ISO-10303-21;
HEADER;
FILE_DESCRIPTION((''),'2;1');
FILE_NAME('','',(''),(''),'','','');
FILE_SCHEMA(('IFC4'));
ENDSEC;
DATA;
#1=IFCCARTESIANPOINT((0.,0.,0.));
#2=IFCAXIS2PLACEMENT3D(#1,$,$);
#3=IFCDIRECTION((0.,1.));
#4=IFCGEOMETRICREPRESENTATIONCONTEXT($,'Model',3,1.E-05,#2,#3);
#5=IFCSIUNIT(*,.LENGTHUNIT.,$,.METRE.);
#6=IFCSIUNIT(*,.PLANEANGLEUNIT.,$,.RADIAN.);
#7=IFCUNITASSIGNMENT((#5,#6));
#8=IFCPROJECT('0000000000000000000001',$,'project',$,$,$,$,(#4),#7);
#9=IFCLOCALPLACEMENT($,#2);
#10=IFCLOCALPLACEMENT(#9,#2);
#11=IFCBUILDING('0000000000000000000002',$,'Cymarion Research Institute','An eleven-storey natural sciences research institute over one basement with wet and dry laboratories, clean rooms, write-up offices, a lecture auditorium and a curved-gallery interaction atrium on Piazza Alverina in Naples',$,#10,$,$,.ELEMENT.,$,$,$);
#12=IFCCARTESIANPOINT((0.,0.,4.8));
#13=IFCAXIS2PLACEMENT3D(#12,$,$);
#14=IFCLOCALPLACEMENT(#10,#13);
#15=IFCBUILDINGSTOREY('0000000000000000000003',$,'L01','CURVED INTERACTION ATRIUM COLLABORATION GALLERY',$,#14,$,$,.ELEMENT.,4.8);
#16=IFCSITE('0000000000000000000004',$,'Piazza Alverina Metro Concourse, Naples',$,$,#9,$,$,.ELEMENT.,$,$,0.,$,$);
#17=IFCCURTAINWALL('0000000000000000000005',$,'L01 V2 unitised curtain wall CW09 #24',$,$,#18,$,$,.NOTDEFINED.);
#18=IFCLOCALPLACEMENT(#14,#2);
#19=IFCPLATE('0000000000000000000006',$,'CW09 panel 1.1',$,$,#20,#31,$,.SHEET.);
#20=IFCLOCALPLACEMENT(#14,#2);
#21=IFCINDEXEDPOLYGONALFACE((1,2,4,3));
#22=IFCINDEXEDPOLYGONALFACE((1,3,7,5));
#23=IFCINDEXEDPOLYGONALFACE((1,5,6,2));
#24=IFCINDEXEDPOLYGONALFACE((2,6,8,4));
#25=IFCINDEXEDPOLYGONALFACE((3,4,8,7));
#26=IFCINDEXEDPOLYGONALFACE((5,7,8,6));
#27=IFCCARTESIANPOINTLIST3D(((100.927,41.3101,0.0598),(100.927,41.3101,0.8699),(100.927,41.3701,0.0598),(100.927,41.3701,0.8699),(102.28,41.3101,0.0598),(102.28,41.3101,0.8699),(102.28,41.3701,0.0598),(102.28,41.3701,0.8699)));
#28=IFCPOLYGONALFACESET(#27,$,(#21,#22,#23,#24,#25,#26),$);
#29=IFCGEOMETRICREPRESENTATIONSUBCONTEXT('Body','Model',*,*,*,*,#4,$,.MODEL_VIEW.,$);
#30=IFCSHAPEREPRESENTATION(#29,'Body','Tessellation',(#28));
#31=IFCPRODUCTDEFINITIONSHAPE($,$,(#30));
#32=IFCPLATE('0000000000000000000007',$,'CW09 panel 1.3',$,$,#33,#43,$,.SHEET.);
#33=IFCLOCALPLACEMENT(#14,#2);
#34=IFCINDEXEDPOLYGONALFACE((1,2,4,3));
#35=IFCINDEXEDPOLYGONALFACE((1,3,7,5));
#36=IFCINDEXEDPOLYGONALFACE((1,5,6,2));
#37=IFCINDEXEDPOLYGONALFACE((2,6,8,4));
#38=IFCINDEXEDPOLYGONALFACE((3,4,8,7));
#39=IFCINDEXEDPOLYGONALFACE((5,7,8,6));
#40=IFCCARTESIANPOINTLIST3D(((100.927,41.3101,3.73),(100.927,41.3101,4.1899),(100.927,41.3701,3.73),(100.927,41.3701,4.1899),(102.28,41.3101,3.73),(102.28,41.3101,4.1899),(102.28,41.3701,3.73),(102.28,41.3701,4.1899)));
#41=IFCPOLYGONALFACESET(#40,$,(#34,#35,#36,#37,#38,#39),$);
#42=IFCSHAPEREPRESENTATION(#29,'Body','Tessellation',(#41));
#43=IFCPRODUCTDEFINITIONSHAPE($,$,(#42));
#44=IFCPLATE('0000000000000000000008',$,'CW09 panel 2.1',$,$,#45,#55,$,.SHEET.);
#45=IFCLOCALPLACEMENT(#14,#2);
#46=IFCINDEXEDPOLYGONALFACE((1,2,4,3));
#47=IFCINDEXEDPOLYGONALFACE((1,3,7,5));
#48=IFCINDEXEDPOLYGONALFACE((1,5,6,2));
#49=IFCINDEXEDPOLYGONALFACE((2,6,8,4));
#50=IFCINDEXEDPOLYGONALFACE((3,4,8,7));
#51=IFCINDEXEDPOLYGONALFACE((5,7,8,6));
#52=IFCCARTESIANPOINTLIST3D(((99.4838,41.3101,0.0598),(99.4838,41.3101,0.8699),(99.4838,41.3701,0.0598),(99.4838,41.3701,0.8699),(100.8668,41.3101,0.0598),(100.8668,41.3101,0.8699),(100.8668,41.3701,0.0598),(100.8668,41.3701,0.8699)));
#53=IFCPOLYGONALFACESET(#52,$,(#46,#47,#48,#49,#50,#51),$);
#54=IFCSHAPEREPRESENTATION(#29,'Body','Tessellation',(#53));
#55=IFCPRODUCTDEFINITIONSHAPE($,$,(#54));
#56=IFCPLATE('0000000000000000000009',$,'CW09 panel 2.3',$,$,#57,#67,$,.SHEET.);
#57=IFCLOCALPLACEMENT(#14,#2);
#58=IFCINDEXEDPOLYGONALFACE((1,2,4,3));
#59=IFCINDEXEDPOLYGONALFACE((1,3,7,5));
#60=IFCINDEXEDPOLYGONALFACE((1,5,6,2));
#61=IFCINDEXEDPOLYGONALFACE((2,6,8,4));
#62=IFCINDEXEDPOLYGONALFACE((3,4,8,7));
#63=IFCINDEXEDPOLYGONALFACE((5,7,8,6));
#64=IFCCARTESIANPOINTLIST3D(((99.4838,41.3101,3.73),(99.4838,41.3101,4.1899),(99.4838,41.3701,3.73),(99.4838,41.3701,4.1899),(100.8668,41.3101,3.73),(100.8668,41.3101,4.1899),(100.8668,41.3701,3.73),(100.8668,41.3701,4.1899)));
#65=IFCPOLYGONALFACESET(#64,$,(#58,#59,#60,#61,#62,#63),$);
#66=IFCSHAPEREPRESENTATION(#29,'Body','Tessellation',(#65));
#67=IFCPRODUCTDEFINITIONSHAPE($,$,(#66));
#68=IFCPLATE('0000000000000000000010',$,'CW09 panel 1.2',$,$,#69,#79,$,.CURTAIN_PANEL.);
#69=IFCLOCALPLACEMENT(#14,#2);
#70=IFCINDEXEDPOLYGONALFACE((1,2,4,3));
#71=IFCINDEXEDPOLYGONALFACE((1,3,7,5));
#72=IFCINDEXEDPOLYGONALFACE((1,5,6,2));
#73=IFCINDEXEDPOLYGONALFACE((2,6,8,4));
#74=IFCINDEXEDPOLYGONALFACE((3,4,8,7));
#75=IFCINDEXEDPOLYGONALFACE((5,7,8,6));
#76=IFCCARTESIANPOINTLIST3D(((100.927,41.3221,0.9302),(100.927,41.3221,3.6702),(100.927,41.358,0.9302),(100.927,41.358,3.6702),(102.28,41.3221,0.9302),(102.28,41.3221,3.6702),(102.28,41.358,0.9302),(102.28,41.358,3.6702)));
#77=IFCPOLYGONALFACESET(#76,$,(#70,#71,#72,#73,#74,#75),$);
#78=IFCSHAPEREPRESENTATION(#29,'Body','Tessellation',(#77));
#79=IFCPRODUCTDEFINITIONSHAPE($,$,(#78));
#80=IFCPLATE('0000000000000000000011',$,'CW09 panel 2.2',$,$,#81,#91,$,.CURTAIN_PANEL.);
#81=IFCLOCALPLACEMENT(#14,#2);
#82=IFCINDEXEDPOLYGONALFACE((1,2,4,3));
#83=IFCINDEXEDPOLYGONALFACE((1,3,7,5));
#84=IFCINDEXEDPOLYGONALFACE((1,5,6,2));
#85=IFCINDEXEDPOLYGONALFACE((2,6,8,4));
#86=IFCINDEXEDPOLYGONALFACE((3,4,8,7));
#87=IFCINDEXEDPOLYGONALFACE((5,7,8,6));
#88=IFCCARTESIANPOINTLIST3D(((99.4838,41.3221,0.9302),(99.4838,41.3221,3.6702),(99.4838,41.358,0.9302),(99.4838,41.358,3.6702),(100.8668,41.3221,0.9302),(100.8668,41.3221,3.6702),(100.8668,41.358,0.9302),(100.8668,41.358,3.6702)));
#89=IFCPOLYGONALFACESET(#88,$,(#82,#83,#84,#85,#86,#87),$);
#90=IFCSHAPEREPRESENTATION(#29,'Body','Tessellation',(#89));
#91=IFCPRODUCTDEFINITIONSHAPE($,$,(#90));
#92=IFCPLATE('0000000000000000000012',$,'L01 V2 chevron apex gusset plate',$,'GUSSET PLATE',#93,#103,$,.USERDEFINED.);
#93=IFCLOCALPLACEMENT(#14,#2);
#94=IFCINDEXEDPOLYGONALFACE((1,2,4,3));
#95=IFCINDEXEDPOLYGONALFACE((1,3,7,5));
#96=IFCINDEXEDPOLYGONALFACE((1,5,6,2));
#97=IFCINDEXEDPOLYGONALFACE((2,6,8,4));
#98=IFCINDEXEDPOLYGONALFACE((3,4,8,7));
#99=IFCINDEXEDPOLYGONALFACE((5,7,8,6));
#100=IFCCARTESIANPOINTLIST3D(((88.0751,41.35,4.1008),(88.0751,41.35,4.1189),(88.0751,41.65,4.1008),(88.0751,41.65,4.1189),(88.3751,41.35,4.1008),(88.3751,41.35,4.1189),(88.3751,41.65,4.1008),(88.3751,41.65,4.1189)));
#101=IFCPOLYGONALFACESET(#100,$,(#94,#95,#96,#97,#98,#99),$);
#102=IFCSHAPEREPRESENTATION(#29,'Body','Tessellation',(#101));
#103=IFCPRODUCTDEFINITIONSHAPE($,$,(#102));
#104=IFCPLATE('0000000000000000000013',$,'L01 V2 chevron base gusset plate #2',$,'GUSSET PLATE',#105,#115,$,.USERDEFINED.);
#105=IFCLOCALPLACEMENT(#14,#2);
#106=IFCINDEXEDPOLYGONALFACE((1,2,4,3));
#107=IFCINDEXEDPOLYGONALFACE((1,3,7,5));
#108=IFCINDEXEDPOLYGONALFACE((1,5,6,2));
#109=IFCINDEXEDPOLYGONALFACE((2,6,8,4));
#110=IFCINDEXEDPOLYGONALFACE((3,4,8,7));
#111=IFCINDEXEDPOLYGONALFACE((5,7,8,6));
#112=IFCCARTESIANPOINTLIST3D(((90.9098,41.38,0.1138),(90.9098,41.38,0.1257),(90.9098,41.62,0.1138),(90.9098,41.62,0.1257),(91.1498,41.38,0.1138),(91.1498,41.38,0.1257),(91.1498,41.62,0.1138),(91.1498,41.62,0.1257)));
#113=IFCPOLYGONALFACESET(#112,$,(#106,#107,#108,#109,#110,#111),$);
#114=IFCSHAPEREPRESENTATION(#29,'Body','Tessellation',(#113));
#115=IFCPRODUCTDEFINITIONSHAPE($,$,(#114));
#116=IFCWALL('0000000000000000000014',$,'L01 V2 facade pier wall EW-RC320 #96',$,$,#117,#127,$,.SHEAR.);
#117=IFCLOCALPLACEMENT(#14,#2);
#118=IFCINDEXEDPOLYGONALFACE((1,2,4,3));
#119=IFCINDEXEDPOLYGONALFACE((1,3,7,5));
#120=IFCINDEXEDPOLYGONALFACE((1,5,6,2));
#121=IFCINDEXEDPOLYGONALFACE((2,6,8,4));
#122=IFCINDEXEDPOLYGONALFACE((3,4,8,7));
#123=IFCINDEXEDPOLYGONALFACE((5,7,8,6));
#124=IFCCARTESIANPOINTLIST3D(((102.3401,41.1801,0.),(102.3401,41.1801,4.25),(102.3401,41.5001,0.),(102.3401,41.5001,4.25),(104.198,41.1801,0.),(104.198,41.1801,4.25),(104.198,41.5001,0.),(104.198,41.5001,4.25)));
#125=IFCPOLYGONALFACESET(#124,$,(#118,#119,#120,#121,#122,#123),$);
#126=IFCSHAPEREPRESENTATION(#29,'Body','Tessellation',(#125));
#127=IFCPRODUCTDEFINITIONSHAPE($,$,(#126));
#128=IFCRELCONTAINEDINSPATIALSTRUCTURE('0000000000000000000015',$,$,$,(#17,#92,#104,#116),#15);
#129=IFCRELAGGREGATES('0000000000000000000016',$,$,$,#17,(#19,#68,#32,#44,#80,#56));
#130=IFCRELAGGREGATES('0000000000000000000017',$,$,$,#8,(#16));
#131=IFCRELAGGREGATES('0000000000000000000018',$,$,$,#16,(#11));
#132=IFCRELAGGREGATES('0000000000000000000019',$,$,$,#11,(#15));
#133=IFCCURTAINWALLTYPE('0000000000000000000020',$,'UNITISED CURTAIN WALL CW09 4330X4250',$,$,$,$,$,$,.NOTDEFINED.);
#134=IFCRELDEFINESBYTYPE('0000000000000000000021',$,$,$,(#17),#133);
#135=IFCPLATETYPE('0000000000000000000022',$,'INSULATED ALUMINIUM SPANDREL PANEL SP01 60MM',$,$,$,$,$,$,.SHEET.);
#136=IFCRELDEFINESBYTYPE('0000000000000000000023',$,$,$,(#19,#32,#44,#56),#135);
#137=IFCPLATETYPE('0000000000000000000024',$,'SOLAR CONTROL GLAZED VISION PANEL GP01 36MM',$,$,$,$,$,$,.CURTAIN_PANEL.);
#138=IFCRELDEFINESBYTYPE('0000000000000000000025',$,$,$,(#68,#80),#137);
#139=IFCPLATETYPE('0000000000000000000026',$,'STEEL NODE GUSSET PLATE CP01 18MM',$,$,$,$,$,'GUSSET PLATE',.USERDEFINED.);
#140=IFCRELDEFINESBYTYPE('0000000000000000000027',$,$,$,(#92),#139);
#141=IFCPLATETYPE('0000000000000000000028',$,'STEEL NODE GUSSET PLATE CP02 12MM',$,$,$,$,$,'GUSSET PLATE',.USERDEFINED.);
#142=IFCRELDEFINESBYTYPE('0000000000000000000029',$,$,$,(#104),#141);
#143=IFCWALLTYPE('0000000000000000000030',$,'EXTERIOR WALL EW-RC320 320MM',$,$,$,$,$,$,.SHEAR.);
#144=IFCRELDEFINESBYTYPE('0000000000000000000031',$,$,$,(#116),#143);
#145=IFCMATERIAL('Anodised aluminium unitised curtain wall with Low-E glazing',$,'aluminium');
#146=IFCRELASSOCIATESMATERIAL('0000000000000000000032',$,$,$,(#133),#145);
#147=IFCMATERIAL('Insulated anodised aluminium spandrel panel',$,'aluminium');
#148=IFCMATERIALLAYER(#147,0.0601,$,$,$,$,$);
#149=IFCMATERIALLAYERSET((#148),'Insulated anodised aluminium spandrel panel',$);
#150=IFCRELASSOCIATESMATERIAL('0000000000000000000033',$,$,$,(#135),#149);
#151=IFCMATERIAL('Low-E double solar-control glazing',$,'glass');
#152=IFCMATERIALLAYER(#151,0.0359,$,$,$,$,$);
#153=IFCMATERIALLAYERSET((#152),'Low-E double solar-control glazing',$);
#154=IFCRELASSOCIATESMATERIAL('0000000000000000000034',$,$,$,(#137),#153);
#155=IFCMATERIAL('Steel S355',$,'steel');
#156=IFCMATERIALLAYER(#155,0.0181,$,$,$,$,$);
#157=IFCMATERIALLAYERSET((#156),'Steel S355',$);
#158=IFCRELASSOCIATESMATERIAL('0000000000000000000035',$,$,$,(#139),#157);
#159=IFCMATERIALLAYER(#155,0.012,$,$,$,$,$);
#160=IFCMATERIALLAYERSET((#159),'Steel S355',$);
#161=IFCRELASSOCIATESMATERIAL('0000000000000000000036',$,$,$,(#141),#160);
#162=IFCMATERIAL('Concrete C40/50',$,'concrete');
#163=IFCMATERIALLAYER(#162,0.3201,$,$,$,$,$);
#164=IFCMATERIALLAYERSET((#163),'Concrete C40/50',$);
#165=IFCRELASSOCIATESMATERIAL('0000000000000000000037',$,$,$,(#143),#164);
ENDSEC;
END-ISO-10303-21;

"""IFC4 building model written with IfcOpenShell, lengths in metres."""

from ifc_helpers import new_model, si_unit, direction, frame, frame_2d, origin, origin_2d, place, context, subcontext, project, spatial, rectangle, extrude, material, layer, layer_set, type_object, element, aggregate, save


model = new_model("IFC4")

# Units and contexts
model_context = context("Model", 3, precision=1e-05, world=origin(), true_north=direction((0.0, 1.0)))
body_context = subcontext(model_context, "Body", "Model", "MODEL_VIEW")
ifc_project = project(units=[si_unit("LENGTHUNIT", "METRE"), si_unit("PLANEANGLEUNIT", "RADIAN")], contexts=[model_context])

# Site, building, storey
site_placement = place(None, origin())
site = spatial("IfcSite", under=ifc_project, at=site_placement, Name="Piazza Alverina Metro Concourse, Naples", CompositionType="ELEMENT", RefElevation=0.0)
building_placement = place(site_placement, origin())
building = spatial("IfcBuilding", under=site, at=building_placement, Name="Cymarion Research Institute", Description="An eleven-storey natural sciences research institute over one basement with wet and dry laboratories, clean rooms, write-up offices, a lecture auditorium and a curved-gallery interaction atrium on Piazza Alverina in Naples", CompositionType="ELEMENT")
storey_placement = place(building_placement, frame((0.0, 0.0, 4.8)))
storey = spatial("IfcBuildingStorey", under=building, at=storey_placement, Name="L01", Description="CURVED INTERACTION ATRIUM COLLABORATION GALLERY", CompositionType="ELEMENT", Elevation=4.8)

# Shared definitions
ifc_material_1 = material(Name="Steel S355", Category="steel")

# Curtain wall
ifc_material_2 = material(Name="Anodised aluminium unitised curtain wall with Low-E glazing", Category="aluminium")
curtain_wall_type = type_object("IfcCurtainWallType", Name="UNITISED CURTAIN WALL CW09 4330X4250", PredefinedType="NOTDEFINED", material=ifc_material_2)
curtain_wall_placement = place(storey_placement, origin())
curtain_wall = element("IfcCurtainWall", 1, at=curtain_wall_placement, inside=storey, type_object=curtain_wall_type, Name="L01 V2 unitised curtain wall CW09 #24", PredefinedType="NOTDEFINED")

# Plates
ifc_material_3 = material(Name="Insulated anodised aluminium spandrel panel", Category="aluminium")
ifc_layer_1 = layer(ifc_material_3, 0.0601)
ifc_layer_set_1 = layer_set([ifc_layer_1], Name="Insulated anodised aluminium spandrel panel")
plate_type_1 = type_object("IfcPlateType", Name="INSULATED ALUMINIUM SPANDREL PANEL SP01 60MM", PredefinedType="SHEET", material=ifc_layer_set_1)
plate_1_placement = place(storey_placement, frame((101.6035, 41.3401, 0.0598), z_axis=(0.0, 0.0, 1.0), x_axis=(-1.0, 0.0, 0.0)))
plate_1 = element("IfcPlate", 2, at=plate_1_placement, type_object=plate_type_1, Name="CW09 panel 1.1", PredefinedType="SHEET", context=body_context, shape_type="SweptSolid", body=[
    extrude(rectangle(XDim=1.353, YDim=0.0601, at=origin_2d()), origin(), (0.0, 0.0, 1.0), 0.8101),
])
plate_2_placement = place(storey_placement, frame((101.6035, 41.3401, 3.73), z_axis=(0.0, 0.0, 1.0), x_axis=(-1.0, 0.0, 0.0)))
plate_2 = element("IfcPlate", 3, at=plate_2_placement, type_object=plate_type_1, Name="CW09 panel 1.3", PredefinedType="SHEET", context=body_context, shape_type="SweptSolid", body=[
    extrude(rectangle(XDim=1.353, YDim=0.0601, at=origin_2d()), origin(), (0.0, 0.0, 1.0), 0.46),
])
plate_3_placement = place(storey_placement, frame((100.1753, 41.3401, 0.0598), z_axis=(0.0, 0.0, 1.0), x_axis=(-1.0, 0.0, 0.0)))
plate_3 = element("IfcPlate", 4, at=plate_3_placement, type_object=plate_type_1, Name="CW09 panel 2.1", PredefinedType="SHEET", context=body_context, shape_type="SweptSolid", body=[
    extrude(rectangle(XDim=1.3831, YDim=0.0601, at=origin_2d()), origin(), (0.0, 0.0, 1.0), 0.8101),
])
plate_4_placement = place(storey_placement, frame((100.1753, 41.3401, 3.73), z_axis=(0.0, 0.0, 1.0), x_axis=(-1.0, 0.0, 0.0)))
plate_4 = element("IfcPlate", 5, at=plate_4_placement, type_object=plate_type_1, Name="CW09 panel 2.3", PredefinedType="SHEET", context=body_context, shape_type="SweptSolid", body=[
    extrude(rectangle(XDim=1.3831, YDim=0.0601, at=origin_2d()), origin(), (0.0, 0.0, 1.0), 0.46),
])
ifc_material_4 = material(Name="Low-E double solar-control glazing", Category="glass")
ifc_layer_2 = layer(ifc_material_4, 0.0359)
ifc_layer_set_2 = layer_set([ifc_layer_2], Name="Low-E double solar-control glazing")
plate_type_2 = type_object("IfcPlateType", Name="SOLAR CONTROL GLAZED VISION PANEL GP01 36MM", PredefinedType="CURTAIN_PANEL", material=ifc_layer_set_2)
plate_5_placement = place(storey_placement, frame((101.6035, 41.3401, 0.9302), z_axis=(0.0, 0.0, 1.0), x_axis=(-1.0, 0.0, 0.0)))
plate_5 = element("IfcPlate", 6, at=plate_5_placement, type_object=plate_type_2, Name="CW09 panel 1.2", PredefinedType="CURTAIN_PANEL", context=body_context, shape_type="SweptSolid", body=[
    extrude(rectangle(XDim=1.353, YDim=0.0359, at=origin_2d()), origin(), (0.0, 0.0, 1.0), 2.74),
])
plate_6_placement = place(storey_placement, frame((100.1753, 41.3401, 0.9302), z_axis=(0.0, 0.0, 1.0), x_axis=(-1.0, 0.0, 0.0)))
plate_6 = element("IfcPlate", 7, at=plate_6_placement, type_object=plate_type_2, Name="CW09 panel 2.2", PredefinedType="CURTAIN_PANEL", context=body_context, shape_type="SweptSolid", body=[
    extrude(rectangle(XDim=1.3831, YDim=0.0359, at=origin_2d()), origin(), (0.0, 0.0, 1.0), 2.74),
])
aggregate(curtain_wall, [plate_1, plate_5, plate_2, plate_3, plate_6, plate_4])

# Plates
ifc_layer_3 = layer(ifc_material_1, 0.0181)
ifc_layer_set_3 = layer_set([ifc_layer_3], Name="Steel S355")
plate_type_3 = type_object("IfcPlateType", Name="STEEL NODE GUSSET PLATE CP01 18MM", ElementType="GUSSET PLATE", PredefinedType="USERDEFINED", material=ifc_layer_set_3)
plate_7_placement = place(storey_placement, frame((88.2251, 41.5, 4.1008), z_axis=(0.0, 0.0, 1.0), x_axis=(1.0, 0.0, 0.0)))
element("IfcPlate", 8, at=plate_7_placement, inside=storey, type_object=plate_type_3, Name="L01 V2 chevron apex gusset plate", ObjectType="GUSSET PLATE", PredefinedType="USERDEFINED", context=body_context, shape_type="SweptSolid", body=[
    extrude(rectangle(XDim=0.3, YDim=0.3, at=origin_2d()), origin(), (0.0, 0.0, 1.0), 0.0181),
])
ifc_layer_4 = layer(ifc_material_1, 0.012)
ifc_layer_set_4 = layer_set([ifc_layer_4], Name="Steel S355")
plate_type_4 = type_object("IfcPlateType", Name="STEEL NODE GUSSET PLATE CP02 12MM", ElementType="GUSSET PLATE", PredefinedType="USERDEFINED", material=ifc_layer_set_4)
plate_8_placement = place(storey_placement, frame((91.0298, 41.5, 0.1138), z_axis=(0.0, 0.0, 1.0), x_axis=(1.0, 0.0, 0.0)))
element("IfcPlate", 9, at=plate_8_placement, inside=storey, type_object=plate_type_4, Name="L01 V2 chevron base gusset plate #2", ObjectType="GUSSET PLATE", PredefinedType="USERDEFINED", context=body_context, shape_type="SweptSolid", body=[
    extrude(rectangle(XDim=0.24, YDim=0.24, at=origin_2d()), origin(), (0.0, 0.0, 1.0), 0.012),
])

# Wall
ifc_material_5 = material(Name="Concrete C40/50", Category="concrete")
ifc_layer_5 = layer(ifc_material_5, 0.3201)
ifc_layer_set_5 = layer_set([ifc_layer_5], Name="Concrete C40/50")
wall_type = type_object("IfcWallType", Name="EXTERIOR WALL EW-RC320 320MM", PredefinedType="SHEAR", material=ifc_layer_set_5)
wall_placement = place(storey_placement, frame((104.198, 41.3401, 0.0), z_axis=(0.0, 0.0, 1.0), x_axis=(-1.0, 0.0, 0.0)))
element("IfcWall", 10, at=wall_placement, inside=storey, type_object=wall_type, Name="L01 V2 facade pier wall EW-RC320 #96", PredefinedType="SHEAR", context=body_context, shape_type="SweptSolid", body=[
    extrude(rectangle(XDim=1.8579, YDim=0.3201, at=frame_2d((0.929, 0.0))), origin(), (0.0, 0.0, 1.0), 4.25),
])

save(model, "model.ifc")
